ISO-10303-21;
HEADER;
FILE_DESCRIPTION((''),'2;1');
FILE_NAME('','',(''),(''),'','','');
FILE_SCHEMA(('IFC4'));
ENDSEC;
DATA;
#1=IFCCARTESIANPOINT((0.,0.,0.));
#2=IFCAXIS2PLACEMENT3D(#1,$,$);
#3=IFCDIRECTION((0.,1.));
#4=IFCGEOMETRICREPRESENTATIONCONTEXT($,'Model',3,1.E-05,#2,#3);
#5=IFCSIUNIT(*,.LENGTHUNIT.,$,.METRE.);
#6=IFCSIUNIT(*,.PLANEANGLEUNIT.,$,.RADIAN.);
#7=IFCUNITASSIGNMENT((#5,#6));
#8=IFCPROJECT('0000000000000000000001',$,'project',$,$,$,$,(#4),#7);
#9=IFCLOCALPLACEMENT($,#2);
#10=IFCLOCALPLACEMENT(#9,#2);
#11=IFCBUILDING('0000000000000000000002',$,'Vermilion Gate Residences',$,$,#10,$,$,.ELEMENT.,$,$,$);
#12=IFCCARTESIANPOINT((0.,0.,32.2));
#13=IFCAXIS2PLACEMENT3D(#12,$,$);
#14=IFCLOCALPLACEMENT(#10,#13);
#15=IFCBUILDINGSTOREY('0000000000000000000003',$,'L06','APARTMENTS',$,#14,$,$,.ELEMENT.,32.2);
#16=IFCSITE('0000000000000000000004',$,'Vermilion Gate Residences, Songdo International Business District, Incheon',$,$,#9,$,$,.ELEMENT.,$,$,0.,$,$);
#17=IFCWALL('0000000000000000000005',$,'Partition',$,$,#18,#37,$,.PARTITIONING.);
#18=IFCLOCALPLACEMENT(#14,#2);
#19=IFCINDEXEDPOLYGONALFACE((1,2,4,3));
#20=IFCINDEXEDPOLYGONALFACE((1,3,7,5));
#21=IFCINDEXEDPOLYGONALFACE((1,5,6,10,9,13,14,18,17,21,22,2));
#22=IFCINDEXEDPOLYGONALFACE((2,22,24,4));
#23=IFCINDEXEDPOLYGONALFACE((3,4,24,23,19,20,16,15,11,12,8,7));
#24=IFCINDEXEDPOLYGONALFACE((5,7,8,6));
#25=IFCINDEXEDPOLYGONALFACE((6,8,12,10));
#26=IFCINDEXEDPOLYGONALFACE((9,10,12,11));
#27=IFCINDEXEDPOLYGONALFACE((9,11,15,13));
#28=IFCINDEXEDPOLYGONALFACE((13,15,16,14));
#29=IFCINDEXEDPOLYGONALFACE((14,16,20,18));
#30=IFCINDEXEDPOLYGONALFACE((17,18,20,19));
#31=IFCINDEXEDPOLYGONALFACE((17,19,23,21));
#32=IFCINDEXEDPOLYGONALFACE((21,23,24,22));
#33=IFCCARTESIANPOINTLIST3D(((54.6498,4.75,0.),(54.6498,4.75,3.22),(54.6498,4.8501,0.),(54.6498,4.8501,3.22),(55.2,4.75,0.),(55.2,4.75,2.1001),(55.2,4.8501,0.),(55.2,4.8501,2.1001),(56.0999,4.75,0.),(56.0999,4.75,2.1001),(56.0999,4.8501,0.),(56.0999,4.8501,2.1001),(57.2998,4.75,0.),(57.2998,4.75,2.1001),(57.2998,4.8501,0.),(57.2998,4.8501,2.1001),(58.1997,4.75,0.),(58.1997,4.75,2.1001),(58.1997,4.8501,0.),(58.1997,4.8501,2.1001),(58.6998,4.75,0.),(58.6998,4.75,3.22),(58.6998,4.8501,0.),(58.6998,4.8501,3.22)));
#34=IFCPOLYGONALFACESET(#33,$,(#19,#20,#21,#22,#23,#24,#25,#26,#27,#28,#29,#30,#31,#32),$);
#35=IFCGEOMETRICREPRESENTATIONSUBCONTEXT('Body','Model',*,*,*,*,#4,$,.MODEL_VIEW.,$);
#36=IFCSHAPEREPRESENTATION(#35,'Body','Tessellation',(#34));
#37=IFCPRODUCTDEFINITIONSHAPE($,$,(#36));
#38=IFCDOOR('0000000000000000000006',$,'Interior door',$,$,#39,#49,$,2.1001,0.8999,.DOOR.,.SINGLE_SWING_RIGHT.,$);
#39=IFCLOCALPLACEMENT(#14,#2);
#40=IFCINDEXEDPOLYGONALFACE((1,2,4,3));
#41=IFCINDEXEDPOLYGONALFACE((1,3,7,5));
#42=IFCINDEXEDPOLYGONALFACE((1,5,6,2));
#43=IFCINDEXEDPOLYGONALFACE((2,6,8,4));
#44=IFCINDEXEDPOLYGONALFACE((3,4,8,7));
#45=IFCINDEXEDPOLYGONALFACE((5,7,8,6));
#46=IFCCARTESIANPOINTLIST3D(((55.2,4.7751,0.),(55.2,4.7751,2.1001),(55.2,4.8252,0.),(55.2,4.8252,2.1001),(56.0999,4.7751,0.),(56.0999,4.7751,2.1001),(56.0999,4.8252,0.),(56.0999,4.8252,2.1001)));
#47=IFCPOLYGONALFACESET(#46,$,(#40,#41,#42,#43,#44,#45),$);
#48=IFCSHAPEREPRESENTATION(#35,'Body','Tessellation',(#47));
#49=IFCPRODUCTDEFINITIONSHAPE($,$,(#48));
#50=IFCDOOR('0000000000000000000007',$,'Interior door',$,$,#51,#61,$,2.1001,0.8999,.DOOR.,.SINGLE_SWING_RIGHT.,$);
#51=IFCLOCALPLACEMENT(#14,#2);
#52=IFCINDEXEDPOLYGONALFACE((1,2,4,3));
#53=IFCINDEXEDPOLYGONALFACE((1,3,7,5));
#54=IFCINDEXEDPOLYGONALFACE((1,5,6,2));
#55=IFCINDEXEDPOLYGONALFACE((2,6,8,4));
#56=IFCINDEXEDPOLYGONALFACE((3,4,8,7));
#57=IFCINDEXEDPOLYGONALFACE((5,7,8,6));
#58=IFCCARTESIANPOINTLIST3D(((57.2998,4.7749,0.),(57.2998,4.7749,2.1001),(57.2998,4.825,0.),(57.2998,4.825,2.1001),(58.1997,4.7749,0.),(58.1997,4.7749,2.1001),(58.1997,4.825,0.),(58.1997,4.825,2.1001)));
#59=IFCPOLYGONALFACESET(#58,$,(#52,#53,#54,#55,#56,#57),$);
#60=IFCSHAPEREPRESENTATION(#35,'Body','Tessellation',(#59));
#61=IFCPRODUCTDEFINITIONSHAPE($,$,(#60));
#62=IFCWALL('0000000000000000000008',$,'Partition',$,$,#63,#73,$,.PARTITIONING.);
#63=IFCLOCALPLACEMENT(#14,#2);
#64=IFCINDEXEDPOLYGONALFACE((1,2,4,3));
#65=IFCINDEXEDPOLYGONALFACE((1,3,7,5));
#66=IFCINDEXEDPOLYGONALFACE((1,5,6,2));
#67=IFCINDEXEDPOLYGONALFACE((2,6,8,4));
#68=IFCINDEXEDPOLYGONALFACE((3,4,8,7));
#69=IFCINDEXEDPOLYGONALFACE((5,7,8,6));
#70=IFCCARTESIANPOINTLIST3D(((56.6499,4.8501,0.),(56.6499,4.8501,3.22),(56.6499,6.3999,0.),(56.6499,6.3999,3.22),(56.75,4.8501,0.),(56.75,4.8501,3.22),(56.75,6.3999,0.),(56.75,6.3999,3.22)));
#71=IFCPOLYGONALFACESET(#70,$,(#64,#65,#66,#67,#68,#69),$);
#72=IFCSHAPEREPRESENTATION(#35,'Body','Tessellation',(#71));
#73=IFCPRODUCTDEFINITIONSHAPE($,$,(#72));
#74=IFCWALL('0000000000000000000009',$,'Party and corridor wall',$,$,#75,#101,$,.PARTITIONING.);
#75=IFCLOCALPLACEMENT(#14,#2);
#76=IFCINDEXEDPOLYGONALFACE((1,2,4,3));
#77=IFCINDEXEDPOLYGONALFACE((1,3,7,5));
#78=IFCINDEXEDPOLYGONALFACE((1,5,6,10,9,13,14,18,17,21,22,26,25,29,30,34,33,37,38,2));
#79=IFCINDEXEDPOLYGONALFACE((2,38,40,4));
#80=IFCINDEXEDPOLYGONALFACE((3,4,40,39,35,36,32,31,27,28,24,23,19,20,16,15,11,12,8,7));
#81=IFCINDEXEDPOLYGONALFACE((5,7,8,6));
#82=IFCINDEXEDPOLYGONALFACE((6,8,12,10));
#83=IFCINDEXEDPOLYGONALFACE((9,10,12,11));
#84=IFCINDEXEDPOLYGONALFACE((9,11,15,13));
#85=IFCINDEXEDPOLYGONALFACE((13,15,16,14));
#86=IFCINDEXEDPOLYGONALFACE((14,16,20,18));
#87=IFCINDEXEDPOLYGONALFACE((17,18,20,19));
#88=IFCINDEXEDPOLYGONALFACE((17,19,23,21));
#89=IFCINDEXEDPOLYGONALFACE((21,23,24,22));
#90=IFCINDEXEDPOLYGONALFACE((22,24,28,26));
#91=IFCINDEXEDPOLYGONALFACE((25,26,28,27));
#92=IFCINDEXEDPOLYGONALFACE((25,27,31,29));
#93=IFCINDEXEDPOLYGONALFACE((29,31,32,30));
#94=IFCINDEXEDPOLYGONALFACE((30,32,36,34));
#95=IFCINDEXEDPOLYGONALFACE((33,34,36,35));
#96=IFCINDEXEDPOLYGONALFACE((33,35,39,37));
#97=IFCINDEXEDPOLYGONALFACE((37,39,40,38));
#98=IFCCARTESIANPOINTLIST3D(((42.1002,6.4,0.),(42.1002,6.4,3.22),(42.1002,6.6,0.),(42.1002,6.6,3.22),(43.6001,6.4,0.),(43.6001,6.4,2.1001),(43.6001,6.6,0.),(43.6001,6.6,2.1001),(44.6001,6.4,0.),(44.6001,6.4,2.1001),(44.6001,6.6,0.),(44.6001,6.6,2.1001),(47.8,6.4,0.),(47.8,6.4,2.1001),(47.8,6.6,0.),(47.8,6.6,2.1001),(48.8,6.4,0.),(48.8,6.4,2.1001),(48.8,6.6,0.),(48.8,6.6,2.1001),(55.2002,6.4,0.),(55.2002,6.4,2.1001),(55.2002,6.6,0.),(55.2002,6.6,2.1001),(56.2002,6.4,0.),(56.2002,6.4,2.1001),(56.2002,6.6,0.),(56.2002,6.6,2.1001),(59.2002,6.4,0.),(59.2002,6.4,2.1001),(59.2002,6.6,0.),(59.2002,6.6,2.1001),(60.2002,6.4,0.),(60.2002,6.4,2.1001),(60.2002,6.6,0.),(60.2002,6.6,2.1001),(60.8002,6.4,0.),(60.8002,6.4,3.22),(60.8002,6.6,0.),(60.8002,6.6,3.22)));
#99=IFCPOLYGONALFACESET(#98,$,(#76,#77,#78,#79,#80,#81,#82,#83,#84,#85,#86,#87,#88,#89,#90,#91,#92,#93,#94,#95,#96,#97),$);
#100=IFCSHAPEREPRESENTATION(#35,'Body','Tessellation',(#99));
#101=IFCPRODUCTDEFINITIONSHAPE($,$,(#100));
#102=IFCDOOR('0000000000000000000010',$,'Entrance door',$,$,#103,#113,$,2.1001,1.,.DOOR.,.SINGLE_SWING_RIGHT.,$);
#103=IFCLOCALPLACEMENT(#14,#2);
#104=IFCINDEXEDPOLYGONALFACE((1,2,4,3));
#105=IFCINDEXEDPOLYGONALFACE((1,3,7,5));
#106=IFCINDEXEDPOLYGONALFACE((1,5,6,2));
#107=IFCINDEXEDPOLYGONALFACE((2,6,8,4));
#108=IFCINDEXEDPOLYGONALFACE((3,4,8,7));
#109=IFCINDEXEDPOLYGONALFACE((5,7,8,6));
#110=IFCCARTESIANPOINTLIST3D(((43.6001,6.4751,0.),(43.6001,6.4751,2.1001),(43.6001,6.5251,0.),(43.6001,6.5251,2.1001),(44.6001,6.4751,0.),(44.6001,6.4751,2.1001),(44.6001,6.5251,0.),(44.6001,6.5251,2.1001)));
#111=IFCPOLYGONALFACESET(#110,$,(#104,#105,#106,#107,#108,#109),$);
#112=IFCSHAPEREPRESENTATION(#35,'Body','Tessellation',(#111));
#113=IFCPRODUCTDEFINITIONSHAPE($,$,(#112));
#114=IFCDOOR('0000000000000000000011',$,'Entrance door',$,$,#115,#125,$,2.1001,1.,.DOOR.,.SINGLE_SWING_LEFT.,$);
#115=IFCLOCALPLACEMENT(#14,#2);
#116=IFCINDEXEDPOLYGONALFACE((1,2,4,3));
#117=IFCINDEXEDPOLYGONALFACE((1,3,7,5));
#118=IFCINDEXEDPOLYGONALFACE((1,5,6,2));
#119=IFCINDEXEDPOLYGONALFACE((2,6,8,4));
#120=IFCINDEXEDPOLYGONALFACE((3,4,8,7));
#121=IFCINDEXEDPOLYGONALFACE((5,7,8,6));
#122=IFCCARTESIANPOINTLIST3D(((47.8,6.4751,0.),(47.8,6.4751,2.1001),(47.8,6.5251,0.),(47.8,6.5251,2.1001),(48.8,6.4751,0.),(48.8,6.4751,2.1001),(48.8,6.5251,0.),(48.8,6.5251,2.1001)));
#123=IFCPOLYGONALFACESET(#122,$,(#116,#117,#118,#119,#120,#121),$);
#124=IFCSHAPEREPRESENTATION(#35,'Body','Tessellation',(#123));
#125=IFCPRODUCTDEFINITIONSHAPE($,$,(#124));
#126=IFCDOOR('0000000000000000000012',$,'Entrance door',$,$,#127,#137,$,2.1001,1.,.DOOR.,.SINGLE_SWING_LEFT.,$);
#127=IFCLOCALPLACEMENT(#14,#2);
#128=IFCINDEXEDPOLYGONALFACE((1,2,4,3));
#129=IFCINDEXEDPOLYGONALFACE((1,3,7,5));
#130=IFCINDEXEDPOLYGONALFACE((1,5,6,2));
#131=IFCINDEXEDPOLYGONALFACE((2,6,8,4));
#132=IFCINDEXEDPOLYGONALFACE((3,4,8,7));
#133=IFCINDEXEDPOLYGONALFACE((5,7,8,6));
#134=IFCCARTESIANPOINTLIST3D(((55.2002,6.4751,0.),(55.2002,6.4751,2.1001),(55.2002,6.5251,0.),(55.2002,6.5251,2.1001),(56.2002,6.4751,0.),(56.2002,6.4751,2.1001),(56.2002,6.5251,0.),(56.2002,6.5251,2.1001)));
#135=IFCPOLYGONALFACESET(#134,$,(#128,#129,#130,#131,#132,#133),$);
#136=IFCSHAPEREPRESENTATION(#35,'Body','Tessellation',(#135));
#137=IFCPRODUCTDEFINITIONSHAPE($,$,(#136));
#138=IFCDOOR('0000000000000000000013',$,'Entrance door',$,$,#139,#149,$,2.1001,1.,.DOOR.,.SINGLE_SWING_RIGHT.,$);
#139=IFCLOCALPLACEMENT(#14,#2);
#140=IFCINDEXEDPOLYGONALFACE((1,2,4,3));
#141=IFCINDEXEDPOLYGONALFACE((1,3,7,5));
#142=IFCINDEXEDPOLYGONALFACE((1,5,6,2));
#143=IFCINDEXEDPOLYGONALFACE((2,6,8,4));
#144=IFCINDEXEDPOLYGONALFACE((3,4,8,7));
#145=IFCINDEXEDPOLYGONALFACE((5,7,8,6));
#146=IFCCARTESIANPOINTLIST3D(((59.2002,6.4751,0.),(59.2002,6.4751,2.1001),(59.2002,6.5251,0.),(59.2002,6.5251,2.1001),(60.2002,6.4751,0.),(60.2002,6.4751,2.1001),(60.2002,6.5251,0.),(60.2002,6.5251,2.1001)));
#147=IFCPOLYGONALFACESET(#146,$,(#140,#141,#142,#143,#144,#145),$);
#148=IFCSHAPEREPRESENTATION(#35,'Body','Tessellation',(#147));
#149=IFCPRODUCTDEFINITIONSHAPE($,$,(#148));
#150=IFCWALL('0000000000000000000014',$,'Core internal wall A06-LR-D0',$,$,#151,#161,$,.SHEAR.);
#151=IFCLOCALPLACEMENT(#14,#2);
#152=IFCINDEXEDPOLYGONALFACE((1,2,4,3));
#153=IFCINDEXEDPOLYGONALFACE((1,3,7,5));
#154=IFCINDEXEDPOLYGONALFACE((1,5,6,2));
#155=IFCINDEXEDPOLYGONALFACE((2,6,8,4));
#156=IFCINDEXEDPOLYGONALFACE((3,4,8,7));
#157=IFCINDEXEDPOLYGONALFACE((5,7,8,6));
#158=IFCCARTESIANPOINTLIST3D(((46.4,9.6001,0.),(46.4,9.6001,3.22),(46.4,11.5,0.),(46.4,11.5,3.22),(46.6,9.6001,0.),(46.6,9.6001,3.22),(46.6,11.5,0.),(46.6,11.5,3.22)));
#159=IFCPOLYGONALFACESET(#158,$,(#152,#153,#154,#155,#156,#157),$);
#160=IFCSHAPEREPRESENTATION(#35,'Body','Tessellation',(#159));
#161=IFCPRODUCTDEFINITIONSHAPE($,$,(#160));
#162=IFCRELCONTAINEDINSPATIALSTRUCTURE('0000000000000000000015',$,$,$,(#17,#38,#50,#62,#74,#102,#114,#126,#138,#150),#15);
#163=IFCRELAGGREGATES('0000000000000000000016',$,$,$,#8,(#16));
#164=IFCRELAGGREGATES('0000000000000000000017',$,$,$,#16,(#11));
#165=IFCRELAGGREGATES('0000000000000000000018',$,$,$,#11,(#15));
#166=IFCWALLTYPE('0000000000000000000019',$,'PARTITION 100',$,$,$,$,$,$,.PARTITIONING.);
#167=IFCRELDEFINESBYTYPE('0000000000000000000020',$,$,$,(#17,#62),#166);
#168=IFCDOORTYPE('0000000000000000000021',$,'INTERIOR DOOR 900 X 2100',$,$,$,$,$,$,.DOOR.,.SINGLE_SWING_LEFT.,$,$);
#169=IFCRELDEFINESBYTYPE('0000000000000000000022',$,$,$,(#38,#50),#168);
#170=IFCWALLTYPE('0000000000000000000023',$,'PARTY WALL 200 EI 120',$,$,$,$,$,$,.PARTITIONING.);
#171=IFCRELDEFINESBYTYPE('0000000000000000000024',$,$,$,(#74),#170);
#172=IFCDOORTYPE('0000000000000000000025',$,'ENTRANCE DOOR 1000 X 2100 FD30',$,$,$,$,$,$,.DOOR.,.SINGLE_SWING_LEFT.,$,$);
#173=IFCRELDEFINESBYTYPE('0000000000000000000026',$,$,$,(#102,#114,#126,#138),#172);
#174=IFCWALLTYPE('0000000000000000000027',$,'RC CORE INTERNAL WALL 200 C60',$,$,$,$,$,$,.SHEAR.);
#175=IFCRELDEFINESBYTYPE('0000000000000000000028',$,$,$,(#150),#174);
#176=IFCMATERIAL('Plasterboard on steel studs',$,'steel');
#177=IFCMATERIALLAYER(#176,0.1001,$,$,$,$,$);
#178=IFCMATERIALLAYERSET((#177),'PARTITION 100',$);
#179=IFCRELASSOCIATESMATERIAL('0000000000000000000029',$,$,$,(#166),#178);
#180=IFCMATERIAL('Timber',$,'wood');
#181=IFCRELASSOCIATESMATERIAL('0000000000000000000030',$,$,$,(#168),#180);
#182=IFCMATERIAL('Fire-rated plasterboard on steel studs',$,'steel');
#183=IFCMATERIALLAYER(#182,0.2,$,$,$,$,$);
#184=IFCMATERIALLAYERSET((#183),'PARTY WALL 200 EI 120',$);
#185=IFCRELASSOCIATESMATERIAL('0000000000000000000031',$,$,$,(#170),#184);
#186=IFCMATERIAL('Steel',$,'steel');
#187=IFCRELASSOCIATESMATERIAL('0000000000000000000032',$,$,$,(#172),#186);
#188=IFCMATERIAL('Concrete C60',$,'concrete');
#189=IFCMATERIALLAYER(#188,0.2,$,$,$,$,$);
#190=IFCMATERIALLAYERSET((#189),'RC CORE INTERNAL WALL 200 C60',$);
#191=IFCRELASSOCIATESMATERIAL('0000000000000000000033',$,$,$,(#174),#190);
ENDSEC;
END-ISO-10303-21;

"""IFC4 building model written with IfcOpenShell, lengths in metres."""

from ifc_helpers import new_model, si_unit, direction, frame, frame_2d, origin, place, context, subcontext, project, spatial, rectangle, extrude, material, layer, layer_set, type_object, element, fill, save


model = new_model("IFC4")

# Units and contexts
model_context = context("Model", 3, precision=1e-05, world=origin(), true_north=direction((0.0, 1.0)))
body_context = subcontext(model_context, "Body", "Model", "MODEL_VIEW")
ifc_project = project(units=[si_unit("LENGTHUNIT", "METRE"), si_unit("PLANEANGLEUNIT", "RADIAN")], contexts=[model_context])

# Site, building, storey
site_placement = place(None, origin())
site = spatial("IfcSite", under=ifc_project, at=site_placement, Name="Vermilion Gate Residences, Songdo International Business District, Incheon", CompositionType="ELEMENT", RefElevation=0.0)
building_placement = place(site_placement, origin())
building = spatial("IfcBuilding", under=site, at=building_placement, Name="Vermilion Gate Residences", CompositionType="ELEMENT")
storey_placement = place(building_placement, frame((0.0, 0.0, 32.2)))
storey = spatial("IfcBuildingStorey", under=building, at=storey_placement, Name="L06", Description="APARTMENTS", CompositionType="ELEMENT", Elevation=32.2)

# Wall, openings, doors
ifc_material_1 = material(Name="Plasterboard on steel studs", Category="steel")
ifc_layer_1 = layer(ifc_material_1, 0.1001)
ifc_layer_set_1 = layer_set([ifc_layer_1], Name="PARTITION 100")
wall_type_1 = type_object("IfcWallType", Name="PARTITION 100", PredefinedType="PARTITIONING", material=ifc_layer_set_1)
wall_1_placement = place(storey_placement, frame((54.6499, 4.8, 0.0), z_axis=(0.0, 0.0, 1.0), x_axis=(1.0, 0.0, 0.0)))
wall_1 = element("IfcWall", 1, at=wall_1_placement, inside=storey, type_object=wall_type_1, Name="Partition", PredefinedType="PARTITIONING", context=body_context, shape_type="SweptSolid", body=[
    extrude(rectangle(XDim=4.05, YDim=0.1001, at=frame_2d((2.0249, 0.0))), origin(), (0.0, 0.0, 1.0), 3.22),
])
opening_1_placement = place(wall_1_placement, frame((0.55, 0.0, 0.0)))
opening_1 = element("IfcOpeningElement", 2, at=opening_1_placement, cuts=wall_1, PredefinedType="OPENING", context=body_context, shape_type="SweptSolid", body=[
    extrude(rectangle(XDim=0.8999, YDim=2.1001, at=frame_2d((0.45, 1.05))), frame((0.0, 0.0601, 0.0), z_axis=(0.0, -1.0, 0.0), x_axis=(1.0, 0.0, 0.0)), (0.0, 0.0, 1.0), 0.1201),
])
opening_2_placement = place(wall_1_placement, frame((2.6499, 0.0, 0.0)))
opening_2 = element("IfcOpeningElement", 3, at=opening_2_placement, cuts=wall_1, PredefinedType="OPENING", context=body_context, shape_type="SweptSolid", body=[
    extrude(rectangle(XDim=0.8999, YDim=2.1001, at=frame_2d((0.45, 1.05))), frame((0.0, 0.0601, 0.0), z_axis=(0.0, -1.0, 0.0), x_axis=(1.0, 0.0, 0.0)), (0.0, 0.0, 1.0), 0.1201),
])
ifc_material_2 = material(Name="Timber", Category="wood")
door_type_1 = type_object("IfcDoorType", Name="INTERIOR DOOR 900 X 2100", OperationType="SINGLE_SWING_LEFT", PredefinedType="DOOR", material=ifc_material_2)
door_1_placement = place(opening_1_placement, frame((0.8999, 0.0, 0.0), z_axis=(0.0, 0.0, 1.0), x_axis=(-1.0, 0.0, 0.0)))
door_1 = element("IfcDoor", 4, at=door_1_placement, inside=storey, type_object=door_type_1, Name="Interior door", OperationType="SINGLE_SWING_RIGHT", OverallHeight=2.1001, OverallWidth=0.8999, PredefinedType="DOOR", context=body_context, shape_type="SweptSolid", body=[
    extrude(rectangle(XDim=0.8999, YDim=2.1001, at=frame_2d((0.45, 1.05))), frame((0.0, 0.0249, 0.0), z_axis=(0.0, -1.0, 0.0), x_axis=(1.0, 0.0, 0.0)), (0.0, 0.0, 1.0), 0.05),
])
fill(opening_1, door_1)
door_2_placement = place(opening_2_placement, origin())
door_2 = element("IfcDoor", 5, at=door_2_placement, inside=storey, type_object=door_type_1, Name="Interior door", OperationType="SINGLE_SWING_RIGHT", OverallHeight=2.1001, OverallWidth=0.8999, PredefinedType="DOOR", context=body_context, shape_type="SweptSolid", body=[
    extrude(rectangle(XDim=0.8999, YDim=2.1001, at=frame_2d((0.45, 1.05))), frame((0.0, 0.0249, 0.0), z_axis=(0.0, -1.0, 0.0), x_axis=(1.0, 0.0, 0.0)), (0.0, 0.0, 1.0), 0.05),
])
fill(opening_2, door_2)

# Wall
wall_2_placement = place(storey_placement, frame((56.7, 4.8501, 0.0), z_axis=(0.0, 0.0, 1.0), x_axis=(0.0, 1.0, 0.0)))
element("IfcWall", 6, at=wall_2_placement, inside=storey, type_object=wall_type_1, Name="Partition", PredefinedType="PARTITIONING", context=body_context, shape_type="SweptSolid", body=[
    extrude(rectangle(XDim=1.5498, YDim=0.1001, at=frame_2d((0.7749, 0.0))), origin(), (0.0, 0.0, 1.0), 3.22),
])

# Wall, openings, doors
ifc_material_3 = material(Name="Fire-rated plasterboard on steel studs", Category="steel")
ifc_layer_2 = layer(ifc_material_3, 0.2)
ifc_layer_set_2 = layer_set([ifc_layer_2], Name="PARTY WALL 200 EI 120")
wall_type_2 = type_object("IfcWallType", Name="PARTY WALL 200 EI 120", PredefinedType="PARTITIONING", material=ifc_layer_set_2)
wall_3_placement = place(storey_placement, frame((42.1001, 6.5, 0.0), z_axis=(0.0, 0.0, 1.0), x_axis=(1.0, 0.0, 0.0)))
wall_3 = element("IfcWall", 7, at=wall_3_placement, inside=storey, type_object=wall_type_2, Name="Party and corridor wall", PredefinedType="PARTITIONING", context=body_context, shape_type="SweptSolid", body=[
    extrude(rectangle(XDim=18.7, YDim=0.2, at=frame_2d((9.3501, 0.0))), origin(), (0.0, 0.0, 1.0), 3.22),
])
opening_3_placement = place(wall_3_placement, frame((1.5, 0.0, 0.0)))
opening_3 = element("IfcOpeningElement", 8, at=opening_3_placement, cuts=wall_3, PredefinedType="OPENING", context=body_context, shape_type="SweptSolid", body=[
    extrude(rectangle(XDim=1.0, YDim=2.1001, at=frame_2d((0.5, 1.05))), frame((0.0, 0.1099, 0.0), z_axis=(0.0, -1.0, 0.0), x_axis=(1.0, 0.0, 0.0)), (0.0, 0.0, 1.0), 0.22),
])
opening_4_placement = place(wall_3_placement, frame((5.7, 0.0, 0.0)))
opening_4 = element("IfcOpeningElement", 9, at=opening_4_placement, cuts=wall_3, PredefinedType="OPENING", context=body_context, shape_type="SweptSolid", body=[
    extrude(rectangle(XDim=1.0, YDim=2.1001, at=frame_2d((0.5, 1.05))), frame((0.0, 0.1099, 0.0), z_axis=(0.0, -1.0, 0.0), x_axis=(1.0, 0.0, 0.0)), (0.0, 0.0, 1.0), 0.22),
])
opening_5_placement = place(wall_3_placement, frame((13.1001, 0.0, 0.0)))
opening_5 = element("IfcOpeningElement", 10, at=opening_5_placement, cuts=wall_3, PredefinedType="OPENING", context=body_context, shape_type="SweptSolid", body=[
    extrude(rectangle(XDim=1.0, YDim=2.1001, at=frame_2d((0.5, 1.05))), frame((0.0, 0.1099, 0.0), z_axis=(0.0, -1.0, 0.0), x_axis=(1.0, 0.0, 0.0)), (0.0, 0.0, 1.0), 0.22),
])
opening_6_placement = place(wall_3_placement, frame((17.1001, 0.0, 0.0)))
opening_6 = element("IfcOpeningElement", 11, at=opening_6_placement, cuts=wall_3, PredefinedType="OPENING", context=body_context, shape_type="SweptSolid", body=[
    extrude(rectangle(XDim=1.0, YDim=2.1001, at=frame_2d((0.5, 1.05))), frame((0.0, 0.1099, 0.0), z_axis=(0.0, -1.0, 0.0), x_axis=(1.0, 0.0, 0.0)), (0.0, 0.0, 1.0), 0.22),
])
ifc_material_4 = material(Name="Steel", Category="steel")
door_type_2 = type_object("IfcDoorType", Name="ENTRANCE DOOR 1000 X 2100 FD30", OperationType="SINGLE_SWING_LEFT", PredefinedType="DOOR", material=ifc_material_4)
door_3_placement = place(opening_3_placement, frame((1.0, 0.0, 0.0), z_axis=(0.0, 0.0, 1.0), x_axis=(-1.0, 0.0, 0.0)))
door_3 = element("IfcDoor", 12, at=door_3_placement, inside=storey, type_object=door_type_2, Name="Entrance door", OperationType="SINGLE_SWING_RIGHT", OverallHeight=2.1001, OverallWidth=1.0, PredefinedType="DOOR", context=body_context, shape_type="SweptSolid", body=[
    extrude(rectangle(XDim=1.0, YDim=2.1001, at=frame_2d((0.5, 1.05))), frame((0.0, 0.0249, 0.0), z_axis=(0.0, -1.0, 0.0), x_axis=(1.0, 0.0, 0.0)), (0.0, 0.0, 1.0), 0.05),
])
fill(opening_3, door_3)
door_4_placement = place(opening_4_placement, frame((1.0, 0.0, 0.0), z_axis=(0.0, 0.0, 1.0), x_axis=(-1.0, 0.0, 0.0)))
door_4 = element("IfcDoor", 13, at=door_4_placement, inside=storey, type_object=door_type_2, Name="Entrance door", OperationType="SINGLE_SWING_LEFT", OverallHeight=2.1001, OverallWidth=1.0, PredefinedType="DOOR", context=body_context, shape_type="SweptSolid", body=[
    extrude(rectangle(XDim=1.0, YDim=2.1001, at=frame_2d((0.5, 1.05))), frame((0.0, 0.0249, 0.0), z_axis=(0.0, -1.0, 0.0), x_axis=(1.0, 0.0, 0.0)), (0.0, 0.0, 1.0), 0.05),
])
fill(opening_4, door_4)
door_5_placement = place(opening_5_placement, frame((1.0, 0.0, 0.0), z_axis=(0.0, 0.0, 1.0), x_axis=(-1.0, 0.0, 0.0)))
door_5 = element("IfcDoor", 14, at=door_5_placement, inside=storey, type_object=door_type_2, Name="Entrance door", OperationType="SINGLE_SWING_LEFT", OverallHeight=2.1001, OverallWidth=1.0, PredefinedType="DOOR", context=body_context, shape_type="SweptSolid", body=[
    extrude(rectangle(XDim=1.0, YDim=2.1001, at=frame_2d((0.5, 1.05))), frame((0.0, 0.0249, 0.0), z_axis=(0.0, -1.0, 0.0), x_axis=(1.0, 0.0, 0.0)), (0.0, 0.0, 1.0), 0.05),
])
fill(opening_5, door_5)
door_6_placement = place(opening_6_placement, frame((1.0, 0.0, 0.0), z_axis=(0.0, 0.0, 1.0), x_axis=(-1.0, 0.0, 0.0)))
door_6 = element("IfcDoor", 15, at=door_6_placement, inside=storey, type_object=door_type_2, Name="Entrance door", OperationType="SINGLE_SWING_RIGHT", OverallHeight=2.1001, OverallWidth=1.0, PredefinedType="DOOR", context=body_context, shape_type="SweptSolid", body=[
    extrude(rectangle(XDim=1.0, YDim=2.1001, at=frame_2d((0.5, 1.05))), frame((0.0, 0.0249, 0.0), z_axis=(0.0, -1.0, 0.0), x_axis=(1.0, 0.0, 0.0)), (0.0, 0.0, 1.0), 0.05),
])
fill(opening_6, door_6)

# Wall
ifc_material_5 = material(Name="Concrete C60", Category="concrete")
ifc_layer_3 = layer(ifc_material_5, 0.2)
ifc_layer_set_3 = layer_set([ifc_layer_3], Name="RC CORE INTERNAL WALL 200 C60")
wall_type_3 = type_object("IfcWallType", Name="RC CORE INTERNAL WALL 200 C60", PredefinedType="SHEAR", material=ifc_layer_set_3)
for number, where, z_axis, x_axis, name in (
    (16, (46.5, 9.6001, 0.0), (0.0, 0.0, 1.0), (0.0, 1.0, 0.0), "Core internal wall A06-LR-D0"),
):
    element("IfcWall", number, at=place(storey_placement, frame(where, z_axis=z_axis, x_axis=x_axis)), inside=storey, type_object=wall_type_3, Name=name, PredefinedType="SHEAR", context=body_context, shape_type="SweptSolid", body=[
        extrude(rectangle(XDim=1.8999, YDim=0.2, at=frame_2d((0.95, 0.0))), origin(), (0.0, 0.0, 1.0), 3.22),
    ])

save(model, "model.ifc")
